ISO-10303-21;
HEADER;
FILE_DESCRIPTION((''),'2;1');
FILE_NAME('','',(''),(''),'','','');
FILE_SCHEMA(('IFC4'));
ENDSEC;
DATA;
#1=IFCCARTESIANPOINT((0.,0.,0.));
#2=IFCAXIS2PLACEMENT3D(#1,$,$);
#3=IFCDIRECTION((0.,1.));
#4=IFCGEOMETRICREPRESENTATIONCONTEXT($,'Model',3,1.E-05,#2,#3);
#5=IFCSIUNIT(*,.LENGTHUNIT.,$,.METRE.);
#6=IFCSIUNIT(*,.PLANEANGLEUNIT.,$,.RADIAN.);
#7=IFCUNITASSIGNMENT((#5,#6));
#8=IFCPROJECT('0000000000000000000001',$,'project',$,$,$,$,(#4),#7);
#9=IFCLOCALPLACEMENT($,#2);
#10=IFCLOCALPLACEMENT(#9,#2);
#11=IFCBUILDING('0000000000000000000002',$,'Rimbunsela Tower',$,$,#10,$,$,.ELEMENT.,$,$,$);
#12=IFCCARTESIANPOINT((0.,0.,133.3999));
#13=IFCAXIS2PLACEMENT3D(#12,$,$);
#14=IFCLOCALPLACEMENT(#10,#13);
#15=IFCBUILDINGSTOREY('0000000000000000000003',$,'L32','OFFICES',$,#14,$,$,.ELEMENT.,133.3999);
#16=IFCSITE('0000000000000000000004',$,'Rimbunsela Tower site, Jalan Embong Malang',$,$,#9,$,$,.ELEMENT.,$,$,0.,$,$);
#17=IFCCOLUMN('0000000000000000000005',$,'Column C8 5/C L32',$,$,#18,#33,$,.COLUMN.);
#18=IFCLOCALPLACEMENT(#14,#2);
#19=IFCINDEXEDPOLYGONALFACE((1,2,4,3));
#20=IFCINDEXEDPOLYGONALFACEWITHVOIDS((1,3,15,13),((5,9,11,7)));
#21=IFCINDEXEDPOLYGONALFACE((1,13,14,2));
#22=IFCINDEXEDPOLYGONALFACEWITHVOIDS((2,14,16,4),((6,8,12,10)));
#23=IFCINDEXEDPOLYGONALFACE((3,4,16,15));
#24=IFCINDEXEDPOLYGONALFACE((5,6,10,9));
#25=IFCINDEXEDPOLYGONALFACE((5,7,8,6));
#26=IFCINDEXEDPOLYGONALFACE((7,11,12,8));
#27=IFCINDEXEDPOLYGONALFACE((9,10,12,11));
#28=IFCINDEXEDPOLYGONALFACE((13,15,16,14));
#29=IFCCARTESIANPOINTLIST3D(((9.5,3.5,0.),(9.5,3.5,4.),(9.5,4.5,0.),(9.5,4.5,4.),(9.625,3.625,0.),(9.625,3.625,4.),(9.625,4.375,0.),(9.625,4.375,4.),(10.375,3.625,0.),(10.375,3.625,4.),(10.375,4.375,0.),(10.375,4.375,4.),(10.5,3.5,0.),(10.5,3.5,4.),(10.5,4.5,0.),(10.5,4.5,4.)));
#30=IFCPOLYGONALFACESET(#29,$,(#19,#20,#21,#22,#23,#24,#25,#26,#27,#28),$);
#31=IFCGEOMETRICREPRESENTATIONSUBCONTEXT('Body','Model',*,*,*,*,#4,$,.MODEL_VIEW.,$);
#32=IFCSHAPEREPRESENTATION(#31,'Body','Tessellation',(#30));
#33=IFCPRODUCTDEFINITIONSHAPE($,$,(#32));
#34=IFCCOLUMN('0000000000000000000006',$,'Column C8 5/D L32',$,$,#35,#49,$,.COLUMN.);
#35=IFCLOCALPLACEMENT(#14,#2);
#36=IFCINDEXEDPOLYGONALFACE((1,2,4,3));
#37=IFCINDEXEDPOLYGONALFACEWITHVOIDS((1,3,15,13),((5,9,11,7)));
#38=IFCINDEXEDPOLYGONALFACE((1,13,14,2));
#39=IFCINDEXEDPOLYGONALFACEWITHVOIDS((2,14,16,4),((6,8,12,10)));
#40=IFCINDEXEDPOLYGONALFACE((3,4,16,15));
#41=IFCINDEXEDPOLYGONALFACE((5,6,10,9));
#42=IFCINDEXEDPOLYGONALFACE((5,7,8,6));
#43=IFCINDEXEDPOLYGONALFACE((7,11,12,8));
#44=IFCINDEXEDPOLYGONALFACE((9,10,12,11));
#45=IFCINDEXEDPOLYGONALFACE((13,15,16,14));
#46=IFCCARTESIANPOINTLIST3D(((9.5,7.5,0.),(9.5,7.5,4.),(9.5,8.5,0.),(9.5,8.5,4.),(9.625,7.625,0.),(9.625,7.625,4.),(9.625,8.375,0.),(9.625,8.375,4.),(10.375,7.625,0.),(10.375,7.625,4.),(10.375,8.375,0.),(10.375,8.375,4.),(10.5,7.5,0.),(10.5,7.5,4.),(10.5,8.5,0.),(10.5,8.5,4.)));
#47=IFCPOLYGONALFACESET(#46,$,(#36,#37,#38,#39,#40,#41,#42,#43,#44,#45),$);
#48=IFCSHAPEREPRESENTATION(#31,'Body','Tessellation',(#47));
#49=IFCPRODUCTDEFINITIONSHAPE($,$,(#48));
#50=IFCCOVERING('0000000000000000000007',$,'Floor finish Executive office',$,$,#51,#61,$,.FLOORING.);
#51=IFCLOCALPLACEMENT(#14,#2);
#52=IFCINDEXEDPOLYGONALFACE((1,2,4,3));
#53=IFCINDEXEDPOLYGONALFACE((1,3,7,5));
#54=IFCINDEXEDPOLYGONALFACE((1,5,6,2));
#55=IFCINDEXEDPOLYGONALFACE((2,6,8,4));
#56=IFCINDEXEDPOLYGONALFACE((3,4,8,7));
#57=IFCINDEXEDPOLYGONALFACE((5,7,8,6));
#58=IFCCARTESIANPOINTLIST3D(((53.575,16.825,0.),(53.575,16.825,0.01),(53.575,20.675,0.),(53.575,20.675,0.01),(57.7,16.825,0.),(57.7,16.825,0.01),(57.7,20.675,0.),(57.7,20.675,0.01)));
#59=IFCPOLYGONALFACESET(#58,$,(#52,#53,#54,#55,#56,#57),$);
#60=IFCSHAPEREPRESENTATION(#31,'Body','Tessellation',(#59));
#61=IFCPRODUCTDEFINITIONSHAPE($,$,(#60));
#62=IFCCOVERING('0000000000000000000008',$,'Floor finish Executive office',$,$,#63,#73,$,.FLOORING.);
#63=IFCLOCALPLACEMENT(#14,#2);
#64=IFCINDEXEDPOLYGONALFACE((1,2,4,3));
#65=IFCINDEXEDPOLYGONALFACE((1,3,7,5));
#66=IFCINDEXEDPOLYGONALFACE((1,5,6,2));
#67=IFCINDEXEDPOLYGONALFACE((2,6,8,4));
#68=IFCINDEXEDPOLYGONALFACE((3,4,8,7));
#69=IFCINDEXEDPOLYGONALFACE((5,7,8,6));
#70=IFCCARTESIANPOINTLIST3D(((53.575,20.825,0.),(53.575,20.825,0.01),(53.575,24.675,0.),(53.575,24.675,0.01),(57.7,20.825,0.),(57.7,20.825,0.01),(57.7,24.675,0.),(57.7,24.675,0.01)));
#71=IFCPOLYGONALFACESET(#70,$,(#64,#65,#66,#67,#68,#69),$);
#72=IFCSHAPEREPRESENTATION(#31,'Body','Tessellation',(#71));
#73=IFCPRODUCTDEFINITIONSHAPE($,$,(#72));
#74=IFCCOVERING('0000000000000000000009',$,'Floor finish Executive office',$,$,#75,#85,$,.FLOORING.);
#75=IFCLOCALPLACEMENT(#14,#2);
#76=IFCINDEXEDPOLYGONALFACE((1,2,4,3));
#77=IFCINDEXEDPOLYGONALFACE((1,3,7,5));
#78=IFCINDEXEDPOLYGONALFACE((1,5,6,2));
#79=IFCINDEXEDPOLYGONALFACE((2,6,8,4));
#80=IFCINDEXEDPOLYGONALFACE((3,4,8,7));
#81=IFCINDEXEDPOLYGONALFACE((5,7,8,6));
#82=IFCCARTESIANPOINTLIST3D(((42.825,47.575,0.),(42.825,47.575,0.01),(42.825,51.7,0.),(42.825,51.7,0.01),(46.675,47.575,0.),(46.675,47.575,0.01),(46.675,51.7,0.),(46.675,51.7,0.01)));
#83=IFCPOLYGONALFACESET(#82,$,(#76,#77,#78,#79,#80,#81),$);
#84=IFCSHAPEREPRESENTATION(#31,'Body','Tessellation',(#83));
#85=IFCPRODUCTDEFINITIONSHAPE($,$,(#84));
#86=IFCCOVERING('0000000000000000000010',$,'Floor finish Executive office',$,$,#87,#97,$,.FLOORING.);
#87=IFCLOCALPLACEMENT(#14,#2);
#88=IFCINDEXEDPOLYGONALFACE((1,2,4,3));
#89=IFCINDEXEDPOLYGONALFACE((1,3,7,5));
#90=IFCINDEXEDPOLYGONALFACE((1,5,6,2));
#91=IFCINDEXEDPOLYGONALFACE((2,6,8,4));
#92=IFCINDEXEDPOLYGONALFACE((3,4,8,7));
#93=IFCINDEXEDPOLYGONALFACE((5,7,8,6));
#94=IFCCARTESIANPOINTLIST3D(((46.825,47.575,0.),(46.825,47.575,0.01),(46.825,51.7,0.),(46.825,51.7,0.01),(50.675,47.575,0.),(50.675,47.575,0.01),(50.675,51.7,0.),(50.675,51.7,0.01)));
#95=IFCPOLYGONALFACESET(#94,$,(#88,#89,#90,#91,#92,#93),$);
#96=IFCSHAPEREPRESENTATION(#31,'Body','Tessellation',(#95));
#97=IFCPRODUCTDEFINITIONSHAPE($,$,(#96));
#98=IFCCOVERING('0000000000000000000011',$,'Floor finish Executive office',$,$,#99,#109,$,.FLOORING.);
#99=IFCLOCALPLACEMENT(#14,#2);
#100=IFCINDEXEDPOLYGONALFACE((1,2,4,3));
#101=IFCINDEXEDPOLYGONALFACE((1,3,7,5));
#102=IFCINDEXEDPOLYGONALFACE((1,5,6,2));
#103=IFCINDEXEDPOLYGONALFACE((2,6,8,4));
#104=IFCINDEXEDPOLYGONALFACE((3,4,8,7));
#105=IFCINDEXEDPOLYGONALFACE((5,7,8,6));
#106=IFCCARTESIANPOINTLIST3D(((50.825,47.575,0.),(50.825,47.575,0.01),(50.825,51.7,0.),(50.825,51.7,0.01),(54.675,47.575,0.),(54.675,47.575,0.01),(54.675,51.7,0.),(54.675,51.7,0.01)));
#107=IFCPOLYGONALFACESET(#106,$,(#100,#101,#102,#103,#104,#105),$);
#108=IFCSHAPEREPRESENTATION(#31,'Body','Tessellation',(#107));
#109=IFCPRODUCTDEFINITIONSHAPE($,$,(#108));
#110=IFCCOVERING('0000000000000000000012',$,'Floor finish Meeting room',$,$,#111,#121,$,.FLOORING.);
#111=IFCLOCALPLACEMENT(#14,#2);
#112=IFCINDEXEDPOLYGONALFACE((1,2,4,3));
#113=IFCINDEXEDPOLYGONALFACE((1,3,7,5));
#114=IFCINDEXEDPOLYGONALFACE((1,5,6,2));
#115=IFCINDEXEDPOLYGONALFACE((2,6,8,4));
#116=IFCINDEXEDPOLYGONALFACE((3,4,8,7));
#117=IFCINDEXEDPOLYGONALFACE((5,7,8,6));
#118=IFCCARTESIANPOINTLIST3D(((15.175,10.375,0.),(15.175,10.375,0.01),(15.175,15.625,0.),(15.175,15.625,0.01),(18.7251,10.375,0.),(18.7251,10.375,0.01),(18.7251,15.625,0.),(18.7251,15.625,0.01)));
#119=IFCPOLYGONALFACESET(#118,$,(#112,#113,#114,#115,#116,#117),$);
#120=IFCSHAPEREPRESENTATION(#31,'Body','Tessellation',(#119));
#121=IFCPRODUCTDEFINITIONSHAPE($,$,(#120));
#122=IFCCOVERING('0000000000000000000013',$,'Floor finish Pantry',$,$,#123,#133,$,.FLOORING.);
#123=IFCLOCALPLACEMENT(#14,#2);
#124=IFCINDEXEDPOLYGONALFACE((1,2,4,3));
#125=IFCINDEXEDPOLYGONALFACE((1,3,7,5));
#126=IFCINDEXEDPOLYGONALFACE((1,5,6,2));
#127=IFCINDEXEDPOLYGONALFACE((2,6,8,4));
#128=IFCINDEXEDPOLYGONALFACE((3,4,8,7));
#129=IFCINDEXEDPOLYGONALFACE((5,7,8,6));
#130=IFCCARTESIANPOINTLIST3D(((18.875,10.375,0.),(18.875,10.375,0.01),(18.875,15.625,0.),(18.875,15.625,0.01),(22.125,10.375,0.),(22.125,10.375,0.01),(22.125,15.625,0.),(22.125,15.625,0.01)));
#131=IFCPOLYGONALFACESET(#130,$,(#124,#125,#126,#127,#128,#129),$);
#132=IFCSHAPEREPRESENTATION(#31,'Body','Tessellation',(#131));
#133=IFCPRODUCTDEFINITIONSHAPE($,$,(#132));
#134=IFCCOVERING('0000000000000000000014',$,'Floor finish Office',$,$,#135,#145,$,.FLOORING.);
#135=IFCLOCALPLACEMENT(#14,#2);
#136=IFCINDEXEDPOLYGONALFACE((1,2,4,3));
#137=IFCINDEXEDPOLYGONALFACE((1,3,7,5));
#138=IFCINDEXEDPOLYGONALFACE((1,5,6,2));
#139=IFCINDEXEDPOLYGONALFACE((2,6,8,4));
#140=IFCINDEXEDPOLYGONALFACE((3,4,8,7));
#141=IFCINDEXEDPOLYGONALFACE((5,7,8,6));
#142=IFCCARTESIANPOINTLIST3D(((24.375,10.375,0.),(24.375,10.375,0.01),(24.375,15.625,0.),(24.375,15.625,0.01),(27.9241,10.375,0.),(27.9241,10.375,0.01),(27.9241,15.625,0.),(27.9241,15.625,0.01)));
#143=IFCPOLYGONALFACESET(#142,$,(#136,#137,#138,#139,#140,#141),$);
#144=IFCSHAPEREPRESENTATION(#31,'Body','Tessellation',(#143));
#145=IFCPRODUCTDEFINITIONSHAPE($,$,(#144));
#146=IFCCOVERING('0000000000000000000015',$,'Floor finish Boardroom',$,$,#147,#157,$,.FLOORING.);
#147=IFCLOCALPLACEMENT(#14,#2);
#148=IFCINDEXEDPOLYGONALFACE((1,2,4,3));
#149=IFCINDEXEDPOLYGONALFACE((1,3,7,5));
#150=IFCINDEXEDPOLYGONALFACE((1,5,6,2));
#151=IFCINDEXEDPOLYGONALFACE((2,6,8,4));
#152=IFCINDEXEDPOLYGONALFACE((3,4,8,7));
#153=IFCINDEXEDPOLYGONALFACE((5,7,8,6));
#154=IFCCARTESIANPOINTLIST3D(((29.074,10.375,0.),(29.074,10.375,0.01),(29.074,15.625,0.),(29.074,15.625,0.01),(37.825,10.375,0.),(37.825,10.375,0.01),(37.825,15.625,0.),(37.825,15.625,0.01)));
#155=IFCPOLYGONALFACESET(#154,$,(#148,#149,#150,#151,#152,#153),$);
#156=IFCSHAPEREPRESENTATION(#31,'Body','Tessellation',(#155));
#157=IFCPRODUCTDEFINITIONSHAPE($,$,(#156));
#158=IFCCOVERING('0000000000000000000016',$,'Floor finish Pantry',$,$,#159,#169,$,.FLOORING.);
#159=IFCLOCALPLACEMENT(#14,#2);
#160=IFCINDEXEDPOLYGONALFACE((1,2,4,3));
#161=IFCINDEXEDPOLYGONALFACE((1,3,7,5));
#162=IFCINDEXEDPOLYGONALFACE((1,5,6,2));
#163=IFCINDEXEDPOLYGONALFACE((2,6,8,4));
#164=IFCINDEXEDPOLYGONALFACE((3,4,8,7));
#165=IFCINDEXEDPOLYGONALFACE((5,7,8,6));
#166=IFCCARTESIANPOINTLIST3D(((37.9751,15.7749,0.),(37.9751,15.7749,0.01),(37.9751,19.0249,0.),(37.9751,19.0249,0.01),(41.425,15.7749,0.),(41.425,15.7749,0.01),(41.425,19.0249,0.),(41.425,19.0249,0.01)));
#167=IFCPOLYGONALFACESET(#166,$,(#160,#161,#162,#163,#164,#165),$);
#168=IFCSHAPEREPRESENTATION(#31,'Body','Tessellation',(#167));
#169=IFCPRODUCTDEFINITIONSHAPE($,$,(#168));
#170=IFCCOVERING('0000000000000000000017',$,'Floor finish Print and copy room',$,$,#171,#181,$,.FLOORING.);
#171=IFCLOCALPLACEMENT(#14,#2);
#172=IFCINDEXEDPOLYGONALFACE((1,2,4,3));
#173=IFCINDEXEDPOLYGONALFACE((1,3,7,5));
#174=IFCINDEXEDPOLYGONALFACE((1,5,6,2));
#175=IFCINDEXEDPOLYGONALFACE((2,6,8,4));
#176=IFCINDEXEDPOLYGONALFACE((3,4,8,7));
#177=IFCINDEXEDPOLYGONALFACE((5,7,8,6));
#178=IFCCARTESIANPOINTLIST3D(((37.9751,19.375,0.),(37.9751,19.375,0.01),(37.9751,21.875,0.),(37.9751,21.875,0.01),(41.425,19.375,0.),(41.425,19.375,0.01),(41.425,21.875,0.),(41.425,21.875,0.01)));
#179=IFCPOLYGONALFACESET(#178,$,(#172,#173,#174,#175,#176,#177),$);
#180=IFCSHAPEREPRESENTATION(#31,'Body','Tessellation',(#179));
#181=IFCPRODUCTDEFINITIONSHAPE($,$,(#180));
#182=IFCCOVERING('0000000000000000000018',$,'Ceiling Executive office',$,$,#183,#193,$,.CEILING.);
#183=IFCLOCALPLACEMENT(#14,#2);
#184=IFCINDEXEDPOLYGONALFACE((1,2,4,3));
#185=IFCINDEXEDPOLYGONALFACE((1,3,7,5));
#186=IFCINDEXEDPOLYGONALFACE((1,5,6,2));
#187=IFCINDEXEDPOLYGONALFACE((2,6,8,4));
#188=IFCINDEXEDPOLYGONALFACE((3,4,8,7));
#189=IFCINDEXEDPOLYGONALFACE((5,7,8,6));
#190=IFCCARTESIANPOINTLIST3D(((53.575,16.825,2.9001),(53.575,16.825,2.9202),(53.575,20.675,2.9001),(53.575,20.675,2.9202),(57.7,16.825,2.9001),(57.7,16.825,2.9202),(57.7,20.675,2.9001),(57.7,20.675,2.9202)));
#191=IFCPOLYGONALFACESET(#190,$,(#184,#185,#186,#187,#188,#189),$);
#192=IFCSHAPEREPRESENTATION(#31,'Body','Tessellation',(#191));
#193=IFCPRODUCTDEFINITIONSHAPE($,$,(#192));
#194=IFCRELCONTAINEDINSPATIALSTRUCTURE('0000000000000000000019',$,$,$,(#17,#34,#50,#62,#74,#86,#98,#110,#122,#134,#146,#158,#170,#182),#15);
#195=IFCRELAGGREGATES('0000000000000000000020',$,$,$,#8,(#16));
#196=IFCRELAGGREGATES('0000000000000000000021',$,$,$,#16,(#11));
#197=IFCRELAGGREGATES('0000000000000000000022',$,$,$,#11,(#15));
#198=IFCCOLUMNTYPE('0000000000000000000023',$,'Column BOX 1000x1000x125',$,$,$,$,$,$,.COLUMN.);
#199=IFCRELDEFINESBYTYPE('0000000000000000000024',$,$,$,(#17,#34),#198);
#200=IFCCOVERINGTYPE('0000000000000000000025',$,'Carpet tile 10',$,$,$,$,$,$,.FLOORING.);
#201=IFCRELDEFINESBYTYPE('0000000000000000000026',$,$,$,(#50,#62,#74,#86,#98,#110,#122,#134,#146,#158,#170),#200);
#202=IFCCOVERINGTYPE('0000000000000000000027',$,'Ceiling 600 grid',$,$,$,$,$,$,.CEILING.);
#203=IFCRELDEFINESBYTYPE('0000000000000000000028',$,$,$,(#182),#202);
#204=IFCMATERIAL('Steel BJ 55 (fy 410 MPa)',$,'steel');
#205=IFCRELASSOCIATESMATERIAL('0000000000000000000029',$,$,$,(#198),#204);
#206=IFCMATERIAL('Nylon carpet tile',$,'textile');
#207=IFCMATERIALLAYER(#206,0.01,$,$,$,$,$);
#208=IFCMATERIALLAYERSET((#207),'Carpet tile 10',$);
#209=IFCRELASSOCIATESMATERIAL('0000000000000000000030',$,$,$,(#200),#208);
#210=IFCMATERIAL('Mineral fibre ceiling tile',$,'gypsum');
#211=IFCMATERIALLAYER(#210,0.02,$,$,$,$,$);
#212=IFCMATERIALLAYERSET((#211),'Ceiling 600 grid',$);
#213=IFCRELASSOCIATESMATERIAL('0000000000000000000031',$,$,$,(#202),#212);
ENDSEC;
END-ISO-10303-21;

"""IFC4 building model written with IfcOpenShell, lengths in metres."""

from ifc_helpers import new_model, si_unit, direction, frame, origin, origin_2d, place, context, subcontext, project, spatial, polyline, hollow_rectangle, outline, extrude, material, layer, layer_set, material_profile, profile_set, type_object, element, save


model = new_model("IFC4")

# Units and contexts
model_context = context("Model", 3, precision=1e-05, world=origin(), true_north=direction((0.0, 1.0)))
body_context = subcontext(model_context, "Body", "Model", "MODEL_VIEW")
ifc_project = project(units=[si_unit("LENGTHUNIT", "METRE"), si_unit("PLANEANGLEUNIT", "RADIAN")], contexts=[model_context])

# Site, building, storey
site_placement = place(None, origin())
site = spatial("IfcSite", under=ifc_project, at=site_placement, Name="Rimbunsela Tower site, Jalan Embong Malang", CompositionType="ELEMENT", RefElevation=0.0)
building_placement = place(site_placement, origin())
building = spatial("IfcBuilding", under=site, at=building_placement, Name="Rimbunsela Tower", CompositionType="ELEMENT")
storey_placement = place(building_placement, frame((0.0, 0.0, 133.3999)))
storey = spatial("IfcBuildingStorey", under=building, at=storey_placement, Name="L32", Description="OFFICES", CompositionType="ELEMENT", Elevation=133.3999)

# Columns
ifc_material_1 = material(Name="Steel BJ 55 (fy 410 MPa)", Category="steel")
ifc_material_profile = material_profile(ifc_material_1, hollow_rectangle(XDim=1.0, YDim=1.0, WallThickness=0.125, at=origin_2d()), Name="BOX 1000x1000x125")
ifc_profile_set = profile_set([ifc_material_profile], Name="Steel BJ 55 (fy 410 MPa)")
column_type = type_object("IfcColumnType", Name="Column BOX 1000x1000x125", PredefinedType="COLUMN", material=ifc_profile_set)
for number, where, z_axis, x_axis, name in (
    (1, (10.0, 4.0, 0.0), (0.0, 0.0, 1.0), (1.0, 0.0, 0.0), "Column C8 5/C L32"),
    (2, (10.0, 8.0, 0.0), (0.0, 0.0, 1.0), (1.0, 0.0, 0.0), "Column C8 5/D L32"),
):
    element("IfcColumn", number, at=place(storey_placement, frame(where, z_axis=z_axis, x_axis=x_axis)), inside=storey, type_object=column_type, Name=name, PredefinedType="COLUMN", context=body_context, shape_type="SweptSolid", body=[
        extrude(hollow_rectangle(XDim=1.0, YDim=1.0, WallThickness=0.125, at=origin_2d()), origin(), (0.0, 0.0, 1.0), 4.0),
    ])

# Coverings
ifc_material_2 = material(Name="Nylon carpet tile", Category="textile")
ifc_layer_1 = layer(ifc_material_2, 0.01)
ifc_layer_set_1 = layer_set([ifc_layer_1], Name="Carpet tile 10")
covering_type_1 = type_object("IfcCoveringType", Name="Carpet tile 10", PredefinedType="FLOORING", material=ifc_layer_set_1)
covering_1_placement = place(storey_placement, origin())
element("IfcCovering", 3, at=covering_1_placement, inside=storey, type_object=covering_type_1, Name="Floor finish Executive office", PredefinedType="FLOORING", context=body_context, shape_type="SweptSolid", body=[
    extrude(outline(polyline([(57.7, 16.825), (57.7, 20.675), (53.575, 20.675), (53.575, 16.825), (57.7, 16.825)])), origin(), (0.0, 0.0, 1.0), 0.01),
])
covering_2_placement = place(storey_placement, origin())
element("IfcCovering", 4, at=covering_2_placement, inside=storey, type_object=covering_type_1, Name="Floor finish Executive office", PredefinedType="FLOORING", context=body_context, shape_type="SweptSolid", body=[
    extrude(outline(polyline([(57.7, 20.825), (57.7, 24.675), (53.575, 24.675), (53.575, 20.825), (57.7, 20.825)])), origin(), (0.0, 0.0, 1.0), 0.01),
])
covering_3_placement = place(storey_placement, origin())
element("IfcCovering", 5, at=covering_3_placement, inside=storey, type_object=covering_type_1, Name="Floor finish Executive office", PredefinedType="FLOORING", context=body_context, shape_type="SweptSolid", body=[
    extrude(outline(polyline([(46.675, 47.575), (46.675, 51.7), (42.825, 51.7), (42.825, 47.575), (46.675, 47.575)])), origin(), (0.0, 0.0, 1.0), 0.01),
])
covering_4_placement = place(storey_placement, origin())
element("IfcCovering", 6, at=covering_4_placement, inside=storey, type_object=covering_type_1, Name="Floor finish Executive office", PredefinedType="FLOORING", context=body_context, shape_type="SweptSolid", body=[
    extrude(outline(polyline([(50.675, 47.575), (50.675, 51.7), (46.825, 51.7), (46.825, 47.575), (50.675, 47.575)])), origin(), (0.0, 0.0, 1.0), 0.01),
])
covering_5_placement = place(storey_placement, origin())
element("IfcCovering", 7, at=covering_5_placement, inside=storey, type_object=covering_type_1, Name="Floor finish Executive office", PredefinedType="FLOORING", context=body_context, shape_type="SweptSolid", body=[
    extrude(outline(polyline([(54.675, 47.575), (54.675, 51.7), (50.825, 51.7), (50.825, 47.575), (54.675, 47.575)])), origin(), (0.0, 0.0, 1.0), 0.01),
])
covering_6_placement = place(storey_placement, origin())
element("IfcCovering", 8, at=covering_6_placement, inside=storey, type_object=covering_type_1, Name="Floor finish Meeting room", PredefinedType="FLOORING", context=body_context, shape_type="SweptSolid", body=[
    extrude(outline(polyline([(18.7251, 10.375), (18.7251, 15.625), (15.175, 15.625), (15.175, 10.375), (18.7251, 10.375)])), origin(), (0.0, 0.0, 1.0), 0.01),
])
covering_7_placement = place(storey_placement, origin())
element("IfcCovering", 9, at=covering_7_placement, inside=storey, type_object=covering_type_1, Name="Floor finish Pantry", PredefinedType="FLOORING", context=body_context, shape_type="SweptSolid", body=[
    extrude(outline(polyline([(22.125, 10.375), (22.125, 15.625), (18.875, 15.625), (18.875, 10.375), (22.125, 10.375)])), origin(), (0.0, 0.0, 1.0), 0.01),
])
covering_8_placement = place(storey_placement, origin())
element("IfcCovering", 10, at=covering_8_placement, inside=storey, type_object=covering_type_1, Name="Floor finish Office", PredefinedType="FLOORING", context=body_context, shape_type="SweptSolid", body=[
    extrude(outline(polyline([(27.9241, 10.375), (27.9241, 15.625), (24.375, 15.625), (24.375, 10.375), (27.9241, 10.375)])), origin(), (0.0, 0.0, 1.0), 0.01),
])
covering_9_placement = place(storey_placement, origin())
element("IfcCovering", 11, at=covering_9_placement, inside=storey, type_object=covering_type_1, Name="Floor finish Boardroom", PredefinedType="FLOORING", context=body_context, shape_type="SweptSolid", body=[
    extrude(outline(polyline([(37.825, 10.375), (37.825, 15.625), (29.074, 15.625), (29.074, 10.375), (37.825, 10.375)])), origin(), (0.0, 0.0, 1.0), 0.01),
])
covering_10_placement = place(storey_placement, origin())
element("IfcCovering", 12, at=covering_10_placement, inside=storey, type_object=covering_type_1, Name="Floor finish Pantry", PredefinedType="FLOORING", context=body_context, shape_type="SweptSolid", body=[
    extrude(outline(polyline([(41.425, 15.7749), (41.425, 19.0249), (37.9751, 19.0249), (37.9751, 15.7749), (41.425, 15.7749)])), origin(), (0.0, 0.0, 1.0), 0.01),
])
covering_11_placement = place(storey_placement, origin())
element("IfcCovering", 13, at=covering_11_placement, inside=storey, type_object=covering_type_1, Name="Floor finish Print and copy room", PredefinedType="FLOORING", context=body_context, shape_type="SweptSolid", body=[
    extrude(outline(polyline([(41.425, 19.375), (41.425, 21.875), (37.9751, 21.875), (37.9751, 19.375), (41.425, 19.375)])), origin(), (0.0, 0.0, 1.0), 0.01),
])
ifc_material_3 = material(Name="Mineral fibre ceiling tile", Category="gypsum")
ifc_layer_2 = layer(ifc_material_3, 0.02)
ifc_layer_set_2 = layer_set([ifc_layer_2], Name="Ceiling 600 grid")
covering_type_2 = type_object("IfcCoveringType", Name="Ceiling 600 grid", PredefinedType="CEILING", material=ifc_layer_set_2)
covering_12_placement = place(storey_placement, frame((0.0, 0.0, 2.9001)))
element("IfcCovering", 14, at=covering_12_placement, inside=storey, type_object=covering_type_2, Name="Ceiling Executive office", PredefinedType="CEILING", context=body_context, shape_type="SweptSolid", body=[
    extrude(outline(polyline([(57.7, 16.825), (57.7, 20.675), (53.575, 20.675), (53.575, 16.825), (57.7, 16.825)])), origin(), (0.0, 0.0, 1.0), 0.02),
])

save(model, "model.ifc")
